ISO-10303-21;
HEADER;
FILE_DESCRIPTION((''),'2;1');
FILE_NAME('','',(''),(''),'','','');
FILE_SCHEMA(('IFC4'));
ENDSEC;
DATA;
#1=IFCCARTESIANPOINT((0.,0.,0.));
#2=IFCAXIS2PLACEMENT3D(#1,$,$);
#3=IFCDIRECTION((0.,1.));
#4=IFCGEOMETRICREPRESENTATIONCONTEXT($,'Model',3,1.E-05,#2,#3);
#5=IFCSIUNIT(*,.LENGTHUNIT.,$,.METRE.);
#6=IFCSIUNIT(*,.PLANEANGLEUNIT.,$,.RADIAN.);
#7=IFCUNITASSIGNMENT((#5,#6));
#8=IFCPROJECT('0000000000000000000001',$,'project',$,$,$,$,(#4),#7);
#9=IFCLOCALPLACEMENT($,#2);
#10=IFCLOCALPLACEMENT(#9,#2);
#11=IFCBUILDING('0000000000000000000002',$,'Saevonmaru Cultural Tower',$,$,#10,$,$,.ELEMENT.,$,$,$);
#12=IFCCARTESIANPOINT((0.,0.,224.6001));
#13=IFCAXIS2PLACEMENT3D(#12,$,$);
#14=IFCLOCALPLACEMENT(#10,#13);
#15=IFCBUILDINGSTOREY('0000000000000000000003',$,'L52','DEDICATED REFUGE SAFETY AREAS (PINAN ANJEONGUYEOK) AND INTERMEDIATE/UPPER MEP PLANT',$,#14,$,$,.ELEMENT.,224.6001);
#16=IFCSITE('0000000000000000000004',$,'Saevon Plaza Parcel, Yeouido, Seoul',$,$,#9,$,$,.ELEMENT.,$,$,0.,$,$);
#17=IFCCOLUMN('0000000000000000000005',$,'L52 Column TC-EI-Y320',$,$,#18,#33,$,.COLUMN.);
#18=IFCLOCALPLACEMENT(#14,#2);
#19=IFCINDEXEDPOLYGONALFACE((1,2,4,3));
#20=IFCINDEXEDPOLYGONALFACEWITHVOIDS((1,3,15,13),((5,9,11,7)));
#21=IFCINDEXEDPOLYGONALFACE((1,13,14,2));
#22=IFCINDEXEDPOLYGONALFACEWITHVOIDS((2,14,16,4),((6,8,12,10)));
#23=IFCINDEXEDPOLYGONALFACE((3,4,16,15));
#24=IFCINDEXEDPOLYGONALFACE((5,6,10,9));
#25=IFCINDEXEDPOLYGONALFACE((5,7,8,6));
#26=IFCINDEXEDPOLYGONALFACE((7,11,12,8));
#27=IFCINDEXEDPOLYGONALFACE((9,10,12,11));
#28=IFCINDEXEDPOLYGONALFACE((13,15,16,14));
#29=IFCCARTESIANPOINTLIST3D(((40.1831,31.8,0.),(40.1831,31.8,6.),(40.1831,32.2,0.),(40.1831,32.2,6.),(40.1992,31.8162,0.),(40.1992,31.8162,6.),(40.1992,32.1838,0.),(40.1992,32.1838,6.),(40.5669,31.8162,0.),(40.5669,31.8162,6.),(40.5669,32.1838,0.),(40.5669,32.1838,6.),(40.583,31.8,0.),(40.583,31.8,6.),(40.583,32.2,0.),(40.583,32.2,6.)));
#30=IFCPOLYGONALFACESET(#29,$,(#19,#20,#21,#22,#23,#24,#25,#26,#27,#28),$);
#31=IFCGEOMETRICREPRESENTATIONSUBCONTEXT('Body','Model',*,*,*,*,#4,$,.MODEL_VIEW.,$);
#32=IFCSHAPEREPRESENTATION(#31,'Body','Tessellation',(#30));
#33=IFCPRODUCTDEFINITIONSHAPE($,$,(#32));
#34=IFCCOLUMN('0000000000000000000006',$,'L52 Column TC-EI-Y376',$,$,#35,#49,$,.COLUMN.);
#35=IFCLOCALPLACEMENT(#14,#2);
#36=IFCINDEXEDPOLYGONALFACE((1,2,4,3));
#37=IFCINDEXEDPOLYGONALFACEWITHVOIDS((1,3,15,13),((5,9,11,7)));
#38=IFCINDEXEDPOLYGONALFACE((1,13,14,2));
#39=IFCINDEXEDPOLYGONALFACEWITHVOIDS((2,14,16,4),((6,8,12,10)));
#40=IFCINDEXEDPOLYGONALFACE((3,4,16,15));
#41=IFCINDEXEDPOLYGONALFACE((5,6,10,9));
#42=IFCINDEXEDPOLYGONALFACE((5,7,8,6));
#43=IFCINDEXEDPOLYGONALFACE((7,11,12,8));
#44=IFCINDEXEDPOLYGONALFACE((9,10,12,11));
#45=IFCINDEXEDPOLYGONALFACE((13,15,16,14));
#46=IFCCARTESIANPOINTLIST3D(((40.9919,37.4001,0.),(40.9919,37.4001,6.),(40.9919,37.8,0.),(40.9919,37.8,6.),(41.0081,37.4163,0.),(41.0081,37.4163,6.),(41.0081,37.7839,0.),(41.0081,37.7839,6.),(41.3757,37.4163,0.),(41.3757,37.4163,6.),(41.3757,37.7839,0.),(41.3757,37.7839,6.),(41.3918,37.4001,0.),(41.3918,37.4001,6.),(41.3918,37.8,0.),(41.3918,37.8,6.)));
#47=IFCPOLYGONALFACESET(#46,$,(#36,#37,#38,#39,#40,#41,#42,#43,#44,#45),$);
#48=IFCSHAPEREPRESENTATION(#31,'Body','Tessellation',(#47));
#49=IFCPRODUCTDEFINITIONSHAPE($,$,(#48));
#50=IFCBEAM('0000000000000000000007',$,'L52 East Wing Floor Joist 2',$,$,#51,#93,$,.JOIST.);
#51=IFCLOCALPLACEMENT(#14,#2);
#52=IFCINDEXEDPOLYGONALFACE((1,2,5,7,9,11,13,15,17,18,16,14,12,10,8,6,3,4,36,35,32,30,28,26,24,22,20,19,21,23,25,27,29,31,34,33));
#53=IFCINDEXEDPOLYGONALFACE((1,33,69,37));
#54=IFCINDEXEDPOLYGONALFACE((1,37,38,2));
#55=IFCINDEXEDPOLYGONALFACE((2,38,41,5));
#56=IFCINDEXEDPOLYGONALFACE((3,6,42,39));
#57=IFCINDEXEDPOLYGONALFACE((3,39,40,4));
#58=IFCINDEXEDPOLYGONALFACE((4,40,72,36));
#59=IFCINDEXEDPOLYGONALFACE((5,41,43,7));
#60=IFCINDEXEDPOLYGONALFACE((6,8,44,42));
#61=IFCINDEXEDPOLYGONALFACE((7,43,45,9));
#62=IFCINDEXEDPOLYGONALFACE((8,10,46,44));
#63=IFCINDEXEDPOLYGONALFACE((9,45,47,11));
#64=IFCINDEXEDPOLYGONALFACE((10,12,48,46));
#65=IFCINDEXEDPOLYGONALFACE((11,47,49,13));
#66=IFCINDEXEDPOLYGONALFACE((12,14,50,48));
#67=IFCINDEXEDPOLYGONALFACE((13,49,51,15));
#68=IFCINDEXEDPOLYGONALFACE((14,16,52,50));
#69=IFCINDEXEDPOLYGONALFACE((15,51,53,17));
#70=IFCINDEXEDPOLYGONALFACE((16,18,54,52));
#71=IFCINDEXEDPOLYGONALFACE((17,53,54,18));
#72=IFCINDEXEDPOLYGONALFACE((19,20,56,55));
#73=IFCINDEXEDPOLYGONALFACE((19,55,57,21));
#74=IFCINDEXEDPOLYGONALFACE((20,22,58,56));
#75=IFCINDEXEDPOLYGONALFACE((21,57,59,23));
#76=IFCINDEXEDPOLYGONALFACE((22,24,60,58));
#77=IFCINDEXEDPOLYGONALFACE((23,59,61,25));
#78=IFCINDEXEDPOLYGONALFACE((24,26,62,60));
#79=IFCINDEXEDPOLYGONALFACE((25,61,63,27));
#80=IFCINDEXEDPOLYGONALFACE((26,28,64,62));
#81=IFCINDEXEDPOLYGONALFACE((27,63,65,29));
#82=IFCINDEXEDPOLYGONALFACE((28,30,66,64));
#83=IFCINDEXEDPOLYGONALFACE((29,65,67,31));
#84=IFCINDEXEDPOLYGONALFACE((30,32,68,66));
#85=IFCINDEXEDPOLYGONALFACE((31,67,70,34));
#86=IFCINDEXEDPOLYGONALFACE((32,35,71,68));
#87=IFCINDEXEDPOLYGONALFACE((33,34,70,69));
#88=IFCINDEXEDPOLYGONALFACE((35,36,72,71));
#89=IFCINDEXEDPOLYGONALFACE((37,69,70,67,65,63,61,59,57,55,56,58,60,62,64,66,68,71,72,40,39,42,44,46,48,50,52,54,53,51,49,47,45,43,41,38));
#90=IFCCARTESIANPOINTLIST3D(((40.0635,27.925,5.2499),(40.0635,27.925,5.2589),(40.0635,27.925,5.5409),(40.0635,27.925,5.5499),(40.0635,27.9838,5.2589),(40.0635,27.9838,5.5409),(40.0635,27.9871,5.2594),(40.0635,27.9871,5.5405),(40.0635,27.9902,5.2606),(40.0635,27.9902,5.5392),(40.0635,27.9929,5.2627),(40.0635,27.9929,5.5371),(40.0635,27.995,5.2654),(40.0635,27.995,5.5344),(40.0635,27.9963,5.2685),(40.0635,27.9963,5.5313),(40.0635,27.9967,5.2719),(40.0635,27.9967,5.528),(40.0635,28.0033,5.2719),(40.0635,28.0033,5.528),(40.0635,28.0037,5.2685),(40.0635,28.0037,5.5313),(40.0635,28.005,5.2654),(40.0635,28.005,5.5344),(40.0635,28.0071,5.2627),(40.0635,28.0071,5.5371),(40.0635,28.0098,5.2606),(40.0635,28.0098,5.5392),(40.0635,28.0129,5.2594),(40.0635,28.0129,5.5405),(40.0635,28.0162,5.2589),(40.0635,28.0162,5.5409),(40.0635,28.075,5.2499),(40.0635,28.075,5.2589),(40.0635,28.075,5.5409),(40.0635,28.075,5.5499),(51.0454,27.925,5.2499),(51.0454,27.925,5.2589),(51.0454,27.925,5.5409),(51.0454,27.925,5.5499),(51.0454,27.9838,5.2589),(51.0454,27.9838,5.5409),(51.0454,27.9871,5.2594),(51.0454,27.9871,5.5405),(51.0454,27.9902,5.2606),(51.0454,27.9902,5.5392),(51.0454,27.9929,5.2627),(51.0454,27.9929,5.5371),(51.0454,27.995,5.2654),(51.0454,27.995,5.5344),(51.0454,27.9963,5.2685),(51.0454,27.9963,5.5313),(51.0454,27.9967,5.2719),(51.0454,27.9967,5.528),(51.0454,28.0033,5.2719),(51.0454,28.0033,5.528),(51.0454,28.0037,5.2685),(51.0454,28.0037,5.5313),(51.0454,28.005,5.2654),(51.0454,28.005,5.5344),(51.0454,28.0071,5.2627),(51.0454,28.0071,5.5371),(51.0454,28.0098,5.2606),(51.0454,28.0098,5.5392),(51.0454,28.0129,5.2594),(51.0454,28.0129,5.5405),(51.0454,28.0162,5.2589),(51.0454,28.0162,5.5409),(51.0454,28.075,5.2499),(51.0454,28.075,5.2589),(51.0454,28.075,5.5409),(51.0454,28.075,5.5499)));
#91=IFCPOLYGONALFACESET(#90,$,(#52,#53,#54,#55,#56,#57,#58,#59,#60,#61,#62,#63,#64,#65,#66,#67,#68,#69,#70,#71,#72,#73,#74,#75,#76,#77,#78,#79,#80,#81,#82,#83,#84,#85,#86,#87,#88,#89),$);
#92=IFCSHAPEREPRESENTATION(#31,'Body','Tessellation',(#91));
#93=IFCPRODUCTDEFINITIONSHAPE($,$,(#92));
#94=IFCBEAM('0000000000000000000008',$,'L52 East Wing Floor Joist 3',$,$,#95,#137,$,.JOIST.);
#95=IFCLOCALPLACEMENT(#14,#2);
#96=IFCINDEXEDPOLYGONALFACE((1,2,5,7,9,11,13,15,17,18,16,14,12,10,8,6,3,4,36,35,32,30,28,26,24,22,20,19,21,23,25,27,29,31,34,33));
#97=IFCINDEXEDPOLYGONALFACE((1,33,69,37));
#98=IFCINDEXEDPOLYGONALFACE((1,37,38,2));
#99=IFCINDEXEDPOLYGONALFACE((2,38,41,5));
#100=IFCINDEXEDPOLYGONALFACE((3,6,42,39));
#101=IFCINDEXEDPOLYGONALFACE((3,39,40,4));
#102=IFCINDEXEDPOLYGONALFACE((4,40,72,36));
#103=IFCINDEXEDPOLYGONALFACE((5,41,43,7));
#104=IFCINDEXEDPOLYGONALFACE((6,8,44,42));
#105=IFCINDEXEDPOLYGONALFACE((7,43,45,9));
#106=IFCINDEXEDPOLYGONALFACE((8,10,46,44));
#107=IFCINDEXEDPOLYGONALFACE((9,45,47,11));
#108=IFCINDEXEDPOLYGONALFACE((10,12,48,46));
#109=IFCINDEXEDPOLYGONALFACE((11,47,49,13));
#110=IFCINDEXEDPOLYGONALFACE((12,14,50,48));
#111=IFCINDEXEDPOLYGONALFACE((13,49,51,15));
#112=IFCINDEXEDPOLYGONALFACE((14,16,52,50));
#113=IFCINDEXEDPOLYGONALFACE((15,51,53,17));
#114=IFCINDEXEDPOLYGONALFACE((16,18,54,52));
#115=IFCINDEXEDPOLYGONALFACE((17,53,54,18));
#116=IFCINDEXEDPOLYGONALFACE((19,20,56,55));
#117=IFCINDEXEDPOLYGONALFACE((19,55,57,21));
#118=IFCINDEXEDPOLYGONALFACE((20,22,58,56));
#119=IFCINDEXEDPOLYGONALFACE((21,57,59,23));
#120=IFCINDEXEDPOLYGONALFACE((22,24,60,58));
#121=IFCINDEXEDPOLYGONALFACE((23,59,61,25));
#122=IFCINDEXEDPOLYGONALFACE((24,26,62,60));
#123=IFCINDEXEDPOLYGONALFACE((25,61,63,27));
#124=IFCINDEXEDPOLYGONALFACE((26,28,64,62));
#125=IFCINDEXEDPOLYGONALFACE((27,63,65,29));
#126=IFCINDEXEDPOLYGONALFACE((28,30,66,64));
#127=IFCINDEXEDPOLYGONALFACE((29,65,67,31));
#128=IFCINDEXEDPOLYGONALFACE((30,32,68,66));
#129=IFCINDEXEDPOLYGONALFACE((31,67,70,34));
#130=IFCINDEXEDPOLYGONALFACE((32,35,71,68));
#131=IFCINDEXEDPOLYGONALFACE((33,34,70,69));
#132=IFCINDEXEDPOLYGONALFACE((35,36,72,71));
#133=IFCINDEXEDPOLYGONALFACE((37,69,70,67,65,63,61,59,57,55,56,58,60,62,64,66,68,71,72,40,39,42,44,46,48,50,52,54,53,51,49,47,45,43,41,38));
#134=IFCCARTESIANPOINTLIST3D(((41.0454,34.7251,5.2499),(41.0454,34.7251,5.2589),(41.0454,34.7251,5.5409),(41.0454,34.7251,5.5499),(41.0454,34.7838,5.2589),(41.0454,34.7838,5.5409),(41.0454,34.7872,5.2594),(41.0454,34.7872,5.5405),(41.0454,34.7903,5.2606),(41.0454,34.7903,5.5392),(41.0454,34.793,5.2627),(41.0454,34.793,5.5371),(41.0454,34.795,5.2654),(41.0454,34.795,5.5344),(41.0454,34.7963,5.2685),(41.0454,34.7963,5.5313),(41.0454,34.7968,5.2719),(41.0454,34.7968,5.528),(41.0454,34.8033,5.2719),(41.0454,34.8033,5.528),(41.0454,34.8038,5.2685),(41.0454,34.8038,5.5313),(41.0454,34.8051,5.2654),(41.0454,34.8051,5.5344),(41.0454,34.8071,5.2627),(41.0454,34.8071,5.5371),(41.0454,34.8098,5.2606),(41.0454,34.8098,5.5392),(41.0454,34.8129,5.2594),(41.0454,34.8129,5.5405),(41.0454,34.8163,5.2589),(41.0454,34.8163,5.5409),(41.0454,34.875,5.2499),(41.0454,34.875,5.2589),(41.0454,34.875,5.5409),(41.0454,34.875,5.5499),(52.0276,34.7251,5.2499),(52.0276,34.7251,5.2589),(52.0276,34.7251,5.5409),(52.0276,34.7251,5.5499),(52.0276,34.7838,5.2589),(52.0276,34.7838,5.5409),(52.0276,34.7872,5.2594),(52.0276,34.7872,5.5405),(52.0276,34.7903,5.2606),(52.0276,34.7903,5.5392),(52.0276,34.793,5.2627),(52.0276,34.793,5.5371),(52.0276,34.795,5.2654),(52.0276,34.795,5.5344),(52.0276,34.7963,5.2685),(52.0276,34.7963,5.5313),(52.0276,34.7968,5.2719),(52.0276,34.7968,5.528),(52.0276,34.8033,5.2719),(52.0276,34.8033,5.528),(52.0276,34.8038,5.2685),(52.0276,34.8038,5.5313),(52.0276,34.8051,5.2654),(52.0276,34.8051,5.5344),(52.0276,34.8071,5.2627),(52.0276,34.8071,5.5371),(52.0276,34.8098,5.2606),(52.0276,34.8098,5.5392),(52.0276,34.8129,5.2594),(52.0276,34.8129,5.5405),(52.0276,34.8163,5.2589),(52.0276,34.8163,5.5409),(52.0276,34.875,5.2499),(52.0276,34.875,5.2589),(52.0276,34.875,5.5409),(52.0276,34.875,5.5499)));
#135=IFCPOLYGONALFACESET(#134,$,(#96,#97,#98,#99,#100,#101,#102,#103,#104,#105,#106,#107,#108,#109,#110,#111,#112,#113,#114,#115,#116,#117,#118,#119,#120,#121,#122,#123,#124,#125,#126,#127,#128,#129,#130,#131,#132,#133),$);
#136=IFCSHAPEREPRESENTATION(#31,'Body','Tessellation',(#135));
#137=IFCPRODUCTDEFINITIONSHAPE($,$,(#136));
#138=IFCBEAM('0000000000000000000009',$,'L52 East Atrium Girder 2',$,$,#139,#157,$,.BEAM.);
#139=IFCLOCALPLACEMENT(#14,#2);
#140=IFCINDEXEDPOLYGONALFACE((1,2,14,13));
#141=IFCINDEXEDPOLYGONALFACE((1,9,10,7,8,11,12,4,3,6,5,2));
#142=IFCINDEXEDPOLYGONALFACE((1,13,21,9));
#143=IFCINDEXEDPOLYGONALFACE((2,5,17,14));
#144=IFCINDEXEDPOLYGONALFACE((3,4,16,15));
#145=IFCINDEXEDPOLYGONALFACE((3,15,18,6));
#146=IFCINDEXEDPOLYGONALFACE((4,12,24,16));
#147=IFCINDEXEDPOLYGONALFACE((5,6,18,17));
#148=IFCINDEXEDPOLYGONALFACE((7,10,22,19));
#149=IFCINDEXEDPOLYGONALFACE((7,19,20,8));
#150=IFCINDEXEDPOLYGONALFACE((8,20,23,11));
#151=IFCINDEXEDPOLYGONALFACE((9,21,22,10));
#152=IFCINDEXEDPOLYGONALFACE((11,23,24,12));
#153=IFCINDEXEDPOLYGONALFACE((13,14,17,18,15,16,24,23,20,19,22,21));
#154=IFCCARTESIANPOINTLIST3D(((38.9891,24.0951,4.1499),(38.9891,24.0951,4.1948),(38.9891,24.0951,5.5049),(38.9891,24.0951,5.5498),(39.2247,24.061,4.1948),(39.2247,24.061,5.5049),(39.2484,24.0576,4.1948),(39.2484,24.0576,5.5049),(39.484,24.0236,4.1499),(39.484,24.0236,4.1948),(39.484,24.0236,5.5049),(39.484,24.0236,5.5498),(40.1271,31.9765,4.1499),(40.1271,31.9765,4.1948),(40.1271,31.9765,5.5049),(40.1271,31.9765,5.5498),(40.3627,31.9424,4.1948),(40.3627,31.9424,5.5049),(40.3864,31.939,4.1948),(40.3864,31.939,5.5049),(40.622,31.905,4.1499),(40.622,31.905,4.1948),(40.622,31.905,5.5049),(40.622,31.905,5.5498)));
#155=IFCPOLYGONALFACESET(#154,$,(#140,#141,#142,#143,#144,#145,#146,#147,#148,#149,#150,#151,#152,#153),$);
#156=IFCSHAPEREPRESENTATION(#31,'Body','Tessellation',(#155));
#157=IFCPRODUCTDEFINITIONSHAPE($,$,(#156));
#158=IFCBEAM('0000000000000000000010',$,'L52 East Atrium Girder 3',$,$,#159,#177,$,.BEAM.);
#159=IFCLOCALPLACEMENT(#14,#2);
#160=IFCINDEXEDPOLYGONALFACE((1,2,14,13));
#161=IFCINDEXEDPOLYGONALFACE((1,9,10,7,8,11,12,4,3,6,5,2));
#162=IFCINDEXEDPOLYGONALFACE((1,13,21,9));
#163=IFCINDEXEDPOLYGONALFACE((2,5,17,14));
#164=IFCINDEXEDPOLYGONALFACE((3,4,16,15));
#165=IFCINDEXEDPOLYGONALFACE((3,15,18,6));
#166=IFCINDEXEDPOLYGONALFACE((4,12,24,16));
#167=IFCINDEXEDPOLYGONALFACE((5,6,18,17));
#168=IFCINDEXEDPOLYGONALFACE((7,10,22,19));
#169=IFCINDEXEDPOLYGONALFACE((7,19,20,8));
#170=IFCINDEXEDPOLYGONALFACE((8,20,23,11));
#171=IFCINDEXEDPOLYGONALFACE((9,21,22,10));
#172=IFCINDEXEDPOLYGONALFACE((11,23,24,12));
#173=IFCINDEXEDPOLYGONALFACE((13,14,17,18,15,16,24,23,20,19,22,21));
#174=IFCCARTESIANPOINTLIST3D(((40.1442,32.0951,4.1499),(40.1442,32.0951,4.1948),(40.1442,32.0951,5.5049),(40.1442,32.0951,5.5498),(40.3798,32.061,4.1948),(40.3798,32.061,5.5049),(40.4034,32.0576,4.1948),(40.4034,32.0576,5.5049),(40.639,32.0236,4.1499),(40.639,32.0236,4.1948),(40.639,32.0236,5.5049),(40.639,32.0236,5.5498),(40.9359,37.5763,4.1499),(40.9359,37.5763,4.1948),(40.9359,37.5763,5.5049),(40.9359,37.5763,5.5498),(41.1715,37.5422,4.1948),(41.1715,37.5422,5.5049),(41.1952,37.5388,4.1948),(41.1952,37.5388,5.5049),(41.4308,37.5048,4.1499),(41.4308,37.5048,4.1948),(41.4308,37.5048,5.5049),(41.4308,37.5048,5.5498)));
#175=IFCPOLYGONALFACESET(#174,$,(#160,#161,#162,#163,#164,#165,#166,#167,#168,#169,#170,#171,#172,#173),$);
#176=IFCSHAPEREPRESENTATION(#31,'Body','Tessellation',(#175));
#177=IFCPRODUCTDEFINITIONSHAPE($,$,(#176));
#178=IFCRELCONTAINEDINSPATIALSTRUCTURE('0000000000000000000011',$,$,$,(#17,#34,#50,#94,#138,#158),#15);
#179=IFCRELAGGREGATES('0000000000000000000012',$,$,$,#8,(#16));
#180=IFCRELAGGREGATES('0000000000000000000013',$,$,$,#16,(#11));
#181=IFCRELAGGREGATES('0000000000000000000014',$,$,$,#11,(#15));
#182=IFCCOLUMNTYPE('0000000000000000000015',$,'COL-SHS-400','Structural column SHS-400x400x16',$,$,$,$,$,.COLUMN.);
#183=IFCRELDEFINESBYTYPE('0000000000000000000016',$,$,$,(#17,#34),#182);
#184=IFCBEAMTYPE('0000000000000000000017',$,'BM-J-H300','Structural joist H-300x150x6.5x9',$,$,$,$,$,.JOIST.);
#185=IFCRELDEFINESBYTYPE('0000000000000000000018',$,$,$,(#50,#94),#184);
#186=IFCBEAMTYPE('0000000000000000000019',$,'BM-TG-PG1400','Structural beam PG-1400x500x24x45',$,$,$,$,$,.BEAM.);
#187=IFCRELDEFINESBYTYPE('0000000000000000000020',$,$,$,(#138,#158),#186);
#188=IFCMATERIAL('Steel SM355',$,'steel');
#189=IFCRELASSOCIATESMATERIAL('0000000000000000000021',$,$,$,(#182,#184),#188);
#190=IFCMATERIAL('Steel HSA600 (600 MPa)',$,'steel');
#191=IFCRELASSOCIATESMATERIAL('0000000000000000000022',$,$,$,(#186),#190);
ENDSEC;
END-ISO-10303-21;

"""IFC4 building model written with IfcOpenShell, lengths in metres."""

from ifc_helpers import new_model, si_unit, direction, frame, origin, origin_2d, place, context, subcontext, project, spatial, hollow_rectangle, i_section, extrude, material, material_profile, profile_set, type_object, element, save


model = new_model("IFC4")

# Units and contexts
model_context = context("Model", 3, precision=1e-05, world=origin(), true_north=direction((0.0, 1.0)))
body_context = subcontext(model_context, "Body", "Model", "MODEL_VIEW")
ifc_project = project(units=[si_unit("LENGTHUNIT", "METRE"), si_unit("PLANEANGLEUNIT", "RADIAN")], contexts=[model_context])

# Site, building, storey
site_placement = place(None, origin())
site = spatial("IfcSite", under=ifc_project, at=site_placement, Name="Saevon Plaza Parcel, Yeouido, Seoul", CompositionType="ELEMENT", RefElevation=0.0)
building_placement = place(site_placement, origin())
building = spatial("IfcBuilding", under=site, at=building_placement, Name="Saevonmaru Cultural Tower", CompositionType="ELEMENT")
storey_placement = place(building_placement, frame((0.0, 0.0, 224.6001)))
storey = spatial("IfcBuildingStorey", under=building, at=storey_placement, Name="L52", Description="DEDICATED REFUGE SAFETY AREAS (PINAN ANJEONGUYEOK) AND INTERMEDIATE/UPPER MEP PLANT", CompositionType="ELEMENT", Elevation=224.6001)

# Columns
ifc_material_1 = material(Name="Steel SM355", Category="steel")
ifc_material_profile_1 = material_profile(ifc_material_1, hollow_rectangle(XDim=0.3999, YDim=0.3999, WallThickness=0.0161, at=origin_2d()), Name="SHS-400x400x16")
ifc_profile_set_1 = profile_set([ifc_material_profile_1], Name="Steel SM355")
column_type = type_object("IfcColumnType", Name="COL-SHS-400", Description="Structural column SHS-400x400x16", PredefinedType="COLUMN", material=ifc_profile_set_1)
for number, where, z_axis, x_axis, name in (
    (1, (40.3831, 32.0, 0.0), (0.0, 0.0, 1.0), (1.0, 0.0, 0.0), "L52 Column TC-EI-Y320"),
    (2, (41.1919, 37.6001, 0.0), (0.0, 0.0, 1.0), (1.0, 0.0, 0.0), "L52 Column TC-EI-Y376"),
):
    element("IfcColumn", number, at=place(storey_placement, frame(where, z_axis=z_axis, x_axis=x_axis)), inside=storey, type_object=column_type, Name=name, PredefinedType="COLUMN", context=body_context, shape_type="SweptSolid", body=[
        extrude(hollow_rectangle(XDim=0.3999, YDim=0.3999, WallThickness=0.0161, at=origin_2d()), origin(), (0.0, 0.0, 1.0), 6.0),
    ])

# Beams
ifc_material_profile_2 = material_profile(ifc_material_1, i_section(OverallWidth=0.1499, OverallDepth=0.3, WebThickness=0.0066, FlangeThickness=0.009, FilletRadius=0.0129, at=origin_2d()), Name="H-300x150x6.5x9")
ifc_profile_set_2 = profile_set([ifc_material_profile_2], Name="Steel SM355")
beam_type_1 = type_object("IfcBeamType", Name="BM-J-H300", Description="Structural joist H-300x150x6.5x9", PredefinedType="JOIST", material=ifc_profile_set_2)
beam_1_placement = place(storey_placement, frame((40.0635, 28.0, 5.3999), z_axis=(1.0, 0.0, 0.0), x_axis=(0.0, 1.0, 0.0)))
element("IfcBeam", 3, at=beam_1_placement, inside=storey, type_object=beam_type_1, Name="L52 East Wing Floor Joist 2", PredefinedType="JOIST", context=body_context, shape_type="SweptSolid", body=[
    extrude(i_section(OverallWidth=0.1499, OverallDepth=0.3, WebThickness=0.0066, FlangeThickness=0.009, FilletRadius=0.0129, at=origin_2d()), origin(), (0.0, 0.0, 1.0), 10.9819),
])
beam_2_placement = place(storey_placement, frame((41.0454, 34.8, 5.3999), z_axis=(1.0, 0.0, 0.0), x_axis=(0.0, 1.0, 0.0)))
element("IfcBeam", 4, at=beam_2_placement, inside=storey, type_object=beam_type_1, Name="L52 East Wing Floor Joist 3", PredefinedType="JOIST", context=body_context, shape_type="SweptSolid", body=[
    extrude(i_section(OverallWidth=0.1499, OverallDepth=0.3, WebThickness=0.0066, FlangeThickness=0.009, FilletRadius=0.0129, at=origin_2d()), origin(), (0.0, 0.0, 1.0), 10.9822),
])
ifc_material_2 = material(Name="Steel HSA600 (600 MPa)", Category="steel")
ifc_material_profile_3 = material_profile(ifc_material_2, i_section(OverallWidth=0.5, OverallDepth=1.3999, WebThickness=0.0239, FlangeThickness=0.0449, at=origin_2d()), Name="PG-1400x500x24x45")
ifc_profile_set_3 = profile_set([ifc_material_profile_3], Name="Steel HSA600 (600 MPa)")
beam_type_2 = type_object("IfcBeamType", Name="BM-TG-PG1400", Description="Structural beam PG-1400x500x24x45", PredefinedType="BEAM", material=ifc_profile_set_3)
beam_3_placement = place(storey_placement, frame((39.2366, 24.0593, 4.8499), z_axis=(0.142902, 0.989737, 0.0), x_axis=(-0.989737, 0.142902, 0.0)))
element("IfcBeam", 5, at=beam_3_placement, inside=storey, type_object=beam_type_2, Name="L52 East Atrium Girder 2", PredefinedType="BEAM", context=body_context, shape_type="SweptSolid", body=[
    extrude(i_section(OverallWidth=0.5, OverallDepth=1.3999, WebThickness=0.0239, FlangeThickness=0.0449, at=origin_2d()), origin(), (0.0, 0.0, 1.0), 7.9631),
])
beam_4_placement = place(storey_placement, frame((40.3916, 32.0593, 4.8499), z_axis=(0.142964, 0.989728, 0.0), x_axis=(-0.989728, 0.142964, 0.0)))
element("IfcBeam", 6, at=beam_4_placement, inside=storey, type_object=beam_type_2, Name="L52 East Atrium Girder 3", PredefinedType="BEAM", context=body_context, shape_type="SweptSolid", body=[
    extrude(i_section(OverallWidth=0.5, OverallDepth=1.3999, WebThickness=0.0239, FlangeThickness=0.0449, at=origin_2d()), origin(), (0.0, 0.0, 1.0), 5.5381),
])

save(model, "model.ifc")
